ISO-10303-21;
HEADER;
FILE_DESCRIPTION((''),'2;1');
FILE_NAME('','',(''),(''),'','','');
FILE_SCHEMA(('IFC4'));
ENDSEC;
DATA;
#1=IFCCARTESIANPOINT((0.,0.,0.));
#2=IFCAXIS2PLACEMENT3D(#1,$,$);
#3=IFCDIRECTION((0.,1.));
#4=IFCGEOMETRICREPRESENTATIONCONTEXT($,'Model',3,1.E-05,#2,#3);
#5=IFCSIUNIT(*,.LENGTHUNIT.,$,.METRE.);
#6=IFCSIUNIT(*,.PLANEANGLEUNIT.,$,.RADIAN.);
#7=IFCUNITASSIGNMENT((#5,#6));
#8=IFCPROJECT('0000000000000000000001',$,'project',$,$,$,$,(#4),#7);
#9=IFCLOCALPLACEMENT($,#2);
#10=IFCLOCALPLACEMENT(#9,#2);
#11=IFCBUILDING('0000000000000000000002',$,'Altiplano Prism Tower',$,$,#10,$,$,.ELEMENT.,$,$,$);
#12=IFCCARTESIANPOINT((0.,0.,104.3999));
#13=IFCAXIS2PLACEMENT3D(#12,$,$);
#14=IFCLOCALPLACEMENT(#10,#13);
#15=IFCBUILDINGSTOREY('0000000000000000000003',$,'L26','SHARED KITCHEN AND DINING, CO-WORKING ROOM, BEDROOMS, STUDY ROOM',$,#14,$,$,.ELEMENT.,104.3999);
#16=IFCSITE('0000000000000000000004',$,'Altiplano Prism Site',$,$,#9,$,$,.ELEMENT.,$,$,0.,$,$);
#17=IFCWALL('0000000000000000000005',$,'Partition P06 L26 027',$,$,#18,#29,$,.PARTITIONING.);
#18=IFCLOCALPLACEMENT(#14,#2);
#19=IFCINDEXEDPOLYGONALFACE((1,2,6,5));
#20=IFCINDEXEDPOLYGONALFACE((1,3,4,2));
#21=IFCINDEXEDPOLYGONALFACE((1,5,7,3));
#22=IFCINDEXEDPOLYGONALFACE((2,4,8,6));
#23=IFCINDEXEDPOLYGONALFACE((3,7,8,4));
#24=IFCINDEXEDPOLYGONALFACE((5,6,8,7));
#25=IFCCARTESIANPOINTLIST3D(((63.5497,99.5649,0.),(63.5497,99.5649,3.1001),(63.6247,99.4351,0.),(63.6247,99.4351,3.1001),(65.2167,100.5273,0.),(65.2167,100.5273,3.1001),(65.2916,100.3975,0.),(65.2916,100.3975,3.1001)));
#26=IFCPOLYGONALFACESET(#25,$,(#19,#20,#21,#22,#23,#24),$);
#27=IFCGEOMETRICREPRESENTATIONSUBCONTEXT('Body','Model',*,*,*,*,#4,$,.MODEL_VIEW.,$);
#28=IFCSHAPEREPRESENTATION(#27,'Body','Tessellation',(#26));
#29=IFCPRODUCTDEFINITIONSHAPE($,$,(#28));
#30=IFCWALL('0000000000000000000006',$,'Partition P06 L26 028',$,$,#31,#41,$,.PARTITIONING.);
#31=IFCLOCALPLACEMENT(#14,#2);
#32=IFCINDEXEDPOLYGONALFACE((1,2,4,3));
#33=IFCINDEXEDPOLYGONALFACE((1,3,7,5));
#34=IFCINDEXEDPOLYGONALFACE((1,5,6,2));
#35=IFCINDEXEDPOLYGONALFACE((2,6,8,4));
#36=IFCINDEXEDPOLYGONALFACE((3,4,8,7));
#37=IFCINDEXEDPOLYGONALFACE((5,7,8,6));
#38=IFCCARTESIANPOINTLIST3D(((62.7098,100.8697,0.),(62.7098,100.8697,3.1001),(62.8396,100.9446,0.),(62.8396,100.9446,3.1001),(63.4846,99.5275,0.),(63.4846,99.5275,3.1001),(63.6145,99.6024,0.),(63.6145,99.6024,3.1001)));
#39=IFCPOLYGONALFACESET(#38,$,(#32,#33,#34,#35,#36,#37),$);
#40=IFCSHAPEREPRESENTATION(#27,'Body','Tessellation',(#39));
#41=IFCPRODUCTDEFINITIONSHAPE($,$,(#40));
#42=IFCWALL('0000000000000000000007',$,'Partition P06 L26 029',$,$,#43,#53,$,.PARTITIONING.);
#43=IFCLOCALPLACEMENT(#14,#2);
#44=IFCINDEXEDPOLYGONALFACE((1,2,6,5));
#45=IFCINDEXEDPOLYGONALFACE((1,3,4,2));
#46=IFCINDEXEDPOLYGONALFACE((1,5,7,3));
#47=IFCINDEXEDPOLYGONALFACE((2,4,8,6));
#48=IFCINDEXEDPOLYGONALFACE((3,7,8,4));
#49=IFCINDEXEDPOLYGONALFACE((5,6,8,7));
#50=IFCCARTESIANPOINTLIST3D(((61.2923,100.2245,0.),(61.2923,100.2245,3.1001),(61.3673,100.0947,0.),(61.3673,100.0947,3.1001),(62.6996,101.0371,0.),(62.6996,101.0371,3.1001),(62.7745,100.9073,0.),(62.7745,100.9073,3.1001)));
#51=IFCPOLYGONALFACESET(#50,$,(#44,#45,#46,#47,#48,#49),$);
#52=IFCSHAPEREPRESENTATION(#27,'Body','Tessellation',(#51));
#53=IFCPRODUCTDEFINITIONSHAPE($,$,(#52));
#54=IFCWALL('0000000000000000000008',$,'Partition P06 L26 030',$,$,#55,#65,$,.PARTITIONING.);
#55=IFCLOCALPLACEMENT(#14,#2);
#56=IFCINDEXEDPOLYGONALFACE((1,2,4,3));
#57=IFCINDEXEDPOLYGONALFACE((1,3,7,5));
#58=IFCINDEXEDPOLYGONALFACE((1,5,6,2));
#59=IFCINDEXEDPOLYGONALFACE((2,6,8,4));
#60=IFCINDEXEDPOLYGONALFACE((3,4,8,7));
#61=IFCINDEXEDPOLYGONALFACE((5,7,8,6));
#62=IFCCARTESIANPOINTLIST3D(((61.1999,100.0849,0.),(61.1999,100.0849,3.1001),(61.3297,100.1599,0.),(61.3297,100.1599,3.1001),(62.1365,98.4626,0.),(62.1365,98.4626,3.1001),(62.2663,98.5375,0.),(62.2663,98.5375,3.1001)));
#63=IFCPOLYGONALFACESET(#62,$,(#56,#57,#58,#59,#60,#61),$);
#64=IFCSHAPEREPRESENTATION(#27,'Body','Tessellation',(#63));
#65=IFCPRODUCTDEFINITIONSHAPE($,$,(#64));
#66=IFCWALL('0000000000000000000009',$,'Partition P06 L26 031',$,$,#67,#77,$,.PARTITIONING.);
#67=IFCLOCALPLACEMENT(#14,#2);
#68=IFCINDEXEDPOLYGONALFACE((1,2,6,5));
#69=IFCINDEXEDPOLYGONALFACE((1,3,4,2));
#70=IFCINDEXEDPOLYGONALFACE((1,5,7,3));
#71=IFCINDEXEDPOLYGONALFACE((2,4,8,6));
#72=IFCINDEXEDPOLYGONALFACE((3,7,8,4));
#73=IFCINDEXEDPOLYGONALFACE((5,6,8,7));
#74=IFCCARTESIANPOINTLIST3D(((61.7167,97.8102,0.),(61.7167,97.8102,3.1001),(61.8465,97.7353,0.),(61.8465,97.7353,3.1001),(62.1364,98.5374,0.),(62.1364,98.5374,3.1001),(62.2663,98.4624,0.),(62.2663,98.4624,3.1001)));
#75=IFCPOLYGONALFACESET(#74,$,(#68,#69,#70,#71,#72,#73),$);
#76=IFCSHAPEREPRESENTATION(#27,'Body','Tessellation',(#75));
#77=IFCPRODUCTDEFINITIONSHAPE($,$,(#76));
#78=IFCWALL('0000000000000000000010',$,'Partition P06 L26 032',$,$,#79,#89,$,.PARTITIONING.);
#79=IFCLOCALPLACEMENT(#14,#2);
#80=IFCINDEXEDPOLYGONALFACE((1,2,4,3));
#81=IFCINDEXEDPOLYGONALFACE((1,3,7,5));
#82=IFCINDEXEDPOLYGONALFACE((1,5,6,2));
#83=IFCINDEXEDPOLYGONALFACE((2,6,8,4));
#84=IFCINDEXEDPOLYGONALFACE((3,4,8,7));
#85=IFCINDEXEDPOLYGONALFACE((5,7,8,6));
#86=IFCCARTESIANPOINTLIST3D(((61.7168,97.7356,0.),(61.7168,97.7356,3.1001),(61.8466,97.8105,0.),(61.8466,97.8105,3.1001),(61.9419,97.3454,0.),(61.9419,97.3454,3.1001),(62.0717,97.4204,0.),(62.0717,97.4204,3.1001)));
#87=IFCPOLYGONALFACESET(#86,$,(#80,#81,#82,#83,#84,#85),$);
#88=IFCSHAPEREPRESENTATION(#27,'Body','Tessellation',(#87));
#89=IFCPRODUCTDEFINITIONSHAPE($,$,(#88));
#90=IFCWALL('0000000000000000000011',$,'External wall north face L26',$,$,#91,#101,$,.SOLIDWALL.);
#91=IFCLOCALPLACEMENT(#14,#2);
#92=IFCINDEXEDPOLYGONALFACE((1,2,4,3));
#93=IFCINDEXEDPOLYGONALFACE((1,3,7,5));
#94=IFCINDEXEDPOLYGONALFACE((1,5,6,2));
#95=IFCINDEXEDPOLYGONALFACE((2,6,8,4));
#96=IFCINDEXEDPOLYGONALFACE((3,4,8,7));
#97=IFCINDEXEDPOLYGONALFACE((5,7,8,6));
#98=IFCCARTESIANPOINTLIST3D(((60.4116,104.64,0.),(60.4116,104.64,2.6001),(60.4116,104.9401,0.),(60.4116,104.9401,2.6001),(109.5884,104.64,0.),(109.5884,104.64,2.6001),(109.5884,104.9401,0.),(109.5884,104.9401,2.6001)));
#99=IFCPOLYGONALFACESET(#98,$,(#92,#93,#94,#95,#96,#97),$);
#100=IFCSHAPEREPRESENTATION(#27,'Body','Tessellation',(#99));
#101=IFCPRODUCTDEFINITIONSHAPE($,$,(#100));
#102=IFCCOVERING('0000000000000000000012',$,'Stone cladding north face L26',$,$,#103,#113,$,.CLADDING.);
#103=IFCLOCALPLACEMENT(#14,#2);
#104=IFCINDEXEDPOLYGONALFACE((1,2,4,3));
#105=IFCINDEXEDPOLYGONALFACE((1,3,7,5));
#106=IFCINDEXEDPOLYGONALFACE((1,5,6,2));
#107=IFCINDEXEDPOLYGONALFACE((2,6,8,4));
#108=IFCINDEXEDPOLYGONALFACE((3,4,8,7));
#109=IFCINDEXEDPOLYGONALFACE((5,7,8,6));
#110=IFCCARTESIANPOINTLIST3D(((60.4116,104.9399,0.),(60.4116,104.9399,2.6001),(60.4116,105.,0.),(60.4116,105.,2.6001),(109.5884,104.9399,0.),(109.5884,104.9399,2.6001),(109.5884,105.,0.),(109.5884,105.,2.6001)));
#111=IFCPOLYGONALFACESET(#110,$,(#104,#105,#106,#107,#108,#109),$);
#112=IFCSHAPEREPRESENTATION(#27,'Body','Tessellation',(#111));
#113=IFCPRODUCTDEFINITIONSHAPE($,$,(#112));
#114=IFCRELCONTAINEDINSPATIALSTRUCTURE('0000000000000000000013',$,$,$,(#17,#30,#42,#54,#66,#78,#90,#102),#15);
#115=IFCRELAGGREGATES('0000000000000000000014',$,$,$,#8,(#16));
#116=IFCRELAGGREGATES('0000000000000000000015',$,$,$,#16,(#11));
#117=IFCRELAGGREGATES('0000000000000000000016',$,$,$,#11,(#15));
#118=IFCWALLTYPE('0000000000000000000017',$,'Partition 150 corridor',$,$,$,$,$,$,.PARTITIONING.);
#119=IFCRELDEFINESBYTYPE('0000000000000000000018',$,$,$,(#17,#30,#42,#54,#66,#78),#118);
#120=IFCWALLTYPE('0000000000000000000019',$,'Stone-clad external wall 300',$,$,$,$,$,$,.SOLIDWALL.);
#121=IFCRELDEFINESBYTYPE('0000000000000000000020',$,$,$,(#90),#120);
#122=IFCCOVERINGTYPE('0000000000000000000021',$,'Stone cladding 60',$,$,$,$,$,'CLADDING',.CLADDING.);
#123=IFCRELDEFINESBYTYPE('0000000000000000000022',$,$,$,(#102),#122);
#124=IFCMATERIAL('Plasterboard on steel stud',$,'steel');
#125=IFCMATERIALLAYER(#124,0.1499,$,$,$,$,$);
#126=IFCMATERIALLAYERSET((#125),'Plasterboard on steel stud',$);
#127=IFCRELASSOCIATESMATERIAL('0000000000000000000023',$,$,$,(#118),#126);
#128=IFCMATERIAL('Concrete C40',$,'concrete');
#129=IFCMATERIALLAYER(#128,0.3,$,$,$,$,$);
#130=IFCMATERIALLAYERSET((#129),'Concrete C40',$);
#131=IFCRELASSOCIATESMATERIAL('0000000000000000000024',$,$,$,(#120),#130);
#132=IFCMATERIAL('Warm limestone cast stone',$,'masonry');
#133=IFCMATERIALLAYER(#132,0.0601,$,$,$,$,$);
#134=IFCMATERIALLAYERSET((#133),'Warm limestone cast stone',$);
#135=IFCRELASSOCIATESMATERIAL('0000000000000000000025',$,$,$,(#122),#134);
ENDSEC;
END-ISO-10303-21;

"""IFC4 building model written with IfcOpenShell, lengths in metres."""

from ifc_helpers import new_model, si_unit, direction, frame, frame_2d, origin, place, context, subcontext, project, spatial, rectangle, extrude, material, layer, layer_set, type_object, element, save


model = new_model("IFC4")

# Units and contexts
model_context = context("Model", 3, precision=1e-05, world=origin(), true_north=direction((0.0, 1.0)))
body_context = subcontext(model_context, "Body", "Model", "MODEL_VIEW")
ifc_project = project(units=[si_unit("LENGTHUNIT", "METRE"), si_unit("PLANEANGLEUNIT", "RADIAN")], contexts=[model_context])

# Site, building, storey
site_placement = place(None, origin())
site = spatial("IfcSite", under=ifc_project, at=site_placement, Name="Altiplano Prism Site", CompositionType="ELEMENT", RefElevation=0.0)
building_placement = place(site_placement, origin())
building = spatial("IfcBuilding", under=site, at=building_placement, Name="Altiplano Prism Tower", CompositionType="ELEMENT")
storey_placement = place(building_placement, frame((0.0, 0.0, 104.3999)))
storey = spatial("IfcBuildingStorey", under=building, at=storey_placement, Name="L26", Description="SHARED KITCHEN AND DINING, CO-WORKING ROOM, BEDROOMS, STUDY ROOM", CompositionType="ELEMENT", Elevation=104.3999)

# Shared definitions
ifc_material_1 = material(Name="Plasterboard on steel stud", Category="steel")
ifc_layer_1 = layer(ifc_material_1, 0.1499)
ifc_layer_set_1 = layer_set([ifc_layer_1], Name="Plasterboard on steel stud")
wall_type_1 = type_object("IfcWallType", Name="Partition 150 corridor", PredefinedType="PARTITIONING", material=ifc_layer_set_1)

# Walls
wall_1_placement = place(storey_placement, frame((65.2542, 100.4624, 0.0), z_axis=(0.0, 0.0, 1.0), x_axis=(-0.866034, -0.499986, 0.0)))
element("IfcWall", 1, at=wall_1_placement, inside=storey, type_object=wall_type_1, Name="Partition P06 L26 027", PredefinedType="PARTITIONING", context=body_context, shape_type="SweptSolid", body=[
    extrude(rectangle(XDim=1.9248, YDim=0.1499, at=frame_2d((0.9624, 0.0))), origin(), (0.0, 0.0, 1.0), 3.1001),
])
wall_2_placement = place(storey_placement, frame((63.5496, 99.5649, 0.0), z_axis=(0.0, 0.0, 1.0), x_axis=(-0.499968, 0.866044, 0.0)))
element("IfcWall", 2, at=wall_2_placement, inside=storey, type_object=wall_type_1, Name="Partition P06 L26 028", PredefinedType="PARTITIONING", context=body_context, shape_type="SweptSolid", body=[
    extrude(rectangle(XDim=1.5498, YDim=0.1499, at=frame_2d((0.7749, 0.0))), origin(), (0.0, 0.0, 1.0), 3.1001),
])
wall_3_placement = place(storey_placement, frame((62.7371, 100.9722, 0.0), z_axis=(0.0, 0.0, 1.0), x_axis=(-0.866015, -0.500017, 0.0)))
element("IfcWall", 3, at=wall_3_placement, inside=storey, type_object=wall_type_1, Name="Partition P06 L26 029", PredefinedType="PARTITIONING", context=body_context, shape_type="SweptSolid", body=[
    extrude(rectangle(XDim=1.625, YDim=0.1499, at=frame_2d((0.8125, 0.0))), origin(), (0.0, 0.0, 1.0), 3.1001),
])
wall_4_placement = place(storey_placement, frame((61.2649, 100.1223, 0.0), z_axis=(0.0, 0.0, 1.0), x_axis=(0.499952, -0.866053, 0.0)))
element("IfcWall", 4, at=wall_4_placement, inside=storey, type_object=wall_type_1, Name="Partition P06 L26 030", PredefinedType="PARTITIONING", context=body_context, shape_type="SweptSolid", body=[
    extrude(rectangle(XDim=1.8733, YDim=0.1499, at=frame_2d((0.9365, 0.0))), origin(), (0.0, 0.0, 1.0), 3.1001),
])
wall_5_placement = place(storey_placement, frame((62.2014, 98.5, 0.0), z_axis=(0.0, 0.0, 1.0), x_axis=(-0.499924, -0.866069, 0.0)))
element("IfcWall", 5, at=wall_5_placement, inside=storey, type_object=wall_type_1, Name="Partition P06 L26 031", PredefinedType="PARTITIONING", context=body_context, shape_type="SweptSolid", body=[
    extrude(rectangle(XDim=0.8396, YDim=0.1499, at=frame_2d((0.4199, 0.0))), origin(), (0.0, 0.0, 1.0), 3.1001),
])
wall_6_placement = place(storey_placement, frame((61.7817, 97.7729, 0.0), z_axis=(0.0, 0.0, 1.0), x_axis=(0.499754, -0.866168, 0.0)))
element("IfcWall", 6, at=wall_6_placement, inside=storey, type_object=wall_type_1, Name="Partition P06 L26 032", PredefinedType="PARTITIONING", context=body_context, shape_type="SweptSolid", body=[
    extrude(rectangle(XDim=0.4504, YDim=0.1499, at=frame_2d((0.2251, 0.0))), origin(), (0.0, 0.0, 1.0), 3.1001),
])
ifc_material_2 = material(Name="Concrete C40", Category="concrete")
ifc_layer_2 = layer(ifc_material_2, 0.3)
ifc_layer_set_2 = layer_set([ifc_layer_2], Name="Concrete C40")
wall_type_2 = type_object("IfcWallType", Name="Stone-clad external wall 300", PredefinedType="SOLIDWALL", material=ifc_layer_set_2)
wall_7_placement = place(storey_placement, frame((60.4116, 104.79, 0.0), z_axis=(0.0, 0.0, 1.0), x_axis=(1.0, 0.0, 0.0)))
element("IfcWall", 7, at=wall_7_placement, inside=storey, type_object=wall_type_2, Name="External wall north face L26", PredefinedType="SOLIDWALL", context=body_context, shape_type="SweptSolid", body=[
    extrude(rectangle(XDim=49.1768, YDim=0.3, at=frame_2d((24.5884, 0.0))), origin(), (0.0, 0.0, 1.0), 2.6001),
])

# Covering
ifc_material_3 = material(Name="Warm limestone cast stone", Category="masonry")
ifc_layer_3 = layer(ifc_material_3, 0.0601)
ifc_layer_set_3 = layer_set([ifc_layer_3], Name="Warm limestone cast stone")
covering_type = type_object("IfcCoveringType", Name="Stone cladding 60", ElementType="CLADDING", PredefinedType="CLADDING", material=ifc_layer_set_3)
covering_placement = place(storey_placement, frame((60.4116, 104.97, 0.0), z_axis=(0.0, 0.0, 1.0), x_axis=(1.0, 0.0, 0.0)))
element("IfcCovering", 8, at=covering_placement, inside=storey, type_object=covering_type, Name="Stone cladding north face L26", PredefinedType="CLADDING", context=body_context, shape_type="SweptSolid", body=[
    extrude(rectangle(XDim=49.1768, YDim=0.0601, at=frame_2d((24.5884, 0.0))), origin(), (0.0, 0.0, 1.0), 2.6001),
])

save(model, "model.ifc")
